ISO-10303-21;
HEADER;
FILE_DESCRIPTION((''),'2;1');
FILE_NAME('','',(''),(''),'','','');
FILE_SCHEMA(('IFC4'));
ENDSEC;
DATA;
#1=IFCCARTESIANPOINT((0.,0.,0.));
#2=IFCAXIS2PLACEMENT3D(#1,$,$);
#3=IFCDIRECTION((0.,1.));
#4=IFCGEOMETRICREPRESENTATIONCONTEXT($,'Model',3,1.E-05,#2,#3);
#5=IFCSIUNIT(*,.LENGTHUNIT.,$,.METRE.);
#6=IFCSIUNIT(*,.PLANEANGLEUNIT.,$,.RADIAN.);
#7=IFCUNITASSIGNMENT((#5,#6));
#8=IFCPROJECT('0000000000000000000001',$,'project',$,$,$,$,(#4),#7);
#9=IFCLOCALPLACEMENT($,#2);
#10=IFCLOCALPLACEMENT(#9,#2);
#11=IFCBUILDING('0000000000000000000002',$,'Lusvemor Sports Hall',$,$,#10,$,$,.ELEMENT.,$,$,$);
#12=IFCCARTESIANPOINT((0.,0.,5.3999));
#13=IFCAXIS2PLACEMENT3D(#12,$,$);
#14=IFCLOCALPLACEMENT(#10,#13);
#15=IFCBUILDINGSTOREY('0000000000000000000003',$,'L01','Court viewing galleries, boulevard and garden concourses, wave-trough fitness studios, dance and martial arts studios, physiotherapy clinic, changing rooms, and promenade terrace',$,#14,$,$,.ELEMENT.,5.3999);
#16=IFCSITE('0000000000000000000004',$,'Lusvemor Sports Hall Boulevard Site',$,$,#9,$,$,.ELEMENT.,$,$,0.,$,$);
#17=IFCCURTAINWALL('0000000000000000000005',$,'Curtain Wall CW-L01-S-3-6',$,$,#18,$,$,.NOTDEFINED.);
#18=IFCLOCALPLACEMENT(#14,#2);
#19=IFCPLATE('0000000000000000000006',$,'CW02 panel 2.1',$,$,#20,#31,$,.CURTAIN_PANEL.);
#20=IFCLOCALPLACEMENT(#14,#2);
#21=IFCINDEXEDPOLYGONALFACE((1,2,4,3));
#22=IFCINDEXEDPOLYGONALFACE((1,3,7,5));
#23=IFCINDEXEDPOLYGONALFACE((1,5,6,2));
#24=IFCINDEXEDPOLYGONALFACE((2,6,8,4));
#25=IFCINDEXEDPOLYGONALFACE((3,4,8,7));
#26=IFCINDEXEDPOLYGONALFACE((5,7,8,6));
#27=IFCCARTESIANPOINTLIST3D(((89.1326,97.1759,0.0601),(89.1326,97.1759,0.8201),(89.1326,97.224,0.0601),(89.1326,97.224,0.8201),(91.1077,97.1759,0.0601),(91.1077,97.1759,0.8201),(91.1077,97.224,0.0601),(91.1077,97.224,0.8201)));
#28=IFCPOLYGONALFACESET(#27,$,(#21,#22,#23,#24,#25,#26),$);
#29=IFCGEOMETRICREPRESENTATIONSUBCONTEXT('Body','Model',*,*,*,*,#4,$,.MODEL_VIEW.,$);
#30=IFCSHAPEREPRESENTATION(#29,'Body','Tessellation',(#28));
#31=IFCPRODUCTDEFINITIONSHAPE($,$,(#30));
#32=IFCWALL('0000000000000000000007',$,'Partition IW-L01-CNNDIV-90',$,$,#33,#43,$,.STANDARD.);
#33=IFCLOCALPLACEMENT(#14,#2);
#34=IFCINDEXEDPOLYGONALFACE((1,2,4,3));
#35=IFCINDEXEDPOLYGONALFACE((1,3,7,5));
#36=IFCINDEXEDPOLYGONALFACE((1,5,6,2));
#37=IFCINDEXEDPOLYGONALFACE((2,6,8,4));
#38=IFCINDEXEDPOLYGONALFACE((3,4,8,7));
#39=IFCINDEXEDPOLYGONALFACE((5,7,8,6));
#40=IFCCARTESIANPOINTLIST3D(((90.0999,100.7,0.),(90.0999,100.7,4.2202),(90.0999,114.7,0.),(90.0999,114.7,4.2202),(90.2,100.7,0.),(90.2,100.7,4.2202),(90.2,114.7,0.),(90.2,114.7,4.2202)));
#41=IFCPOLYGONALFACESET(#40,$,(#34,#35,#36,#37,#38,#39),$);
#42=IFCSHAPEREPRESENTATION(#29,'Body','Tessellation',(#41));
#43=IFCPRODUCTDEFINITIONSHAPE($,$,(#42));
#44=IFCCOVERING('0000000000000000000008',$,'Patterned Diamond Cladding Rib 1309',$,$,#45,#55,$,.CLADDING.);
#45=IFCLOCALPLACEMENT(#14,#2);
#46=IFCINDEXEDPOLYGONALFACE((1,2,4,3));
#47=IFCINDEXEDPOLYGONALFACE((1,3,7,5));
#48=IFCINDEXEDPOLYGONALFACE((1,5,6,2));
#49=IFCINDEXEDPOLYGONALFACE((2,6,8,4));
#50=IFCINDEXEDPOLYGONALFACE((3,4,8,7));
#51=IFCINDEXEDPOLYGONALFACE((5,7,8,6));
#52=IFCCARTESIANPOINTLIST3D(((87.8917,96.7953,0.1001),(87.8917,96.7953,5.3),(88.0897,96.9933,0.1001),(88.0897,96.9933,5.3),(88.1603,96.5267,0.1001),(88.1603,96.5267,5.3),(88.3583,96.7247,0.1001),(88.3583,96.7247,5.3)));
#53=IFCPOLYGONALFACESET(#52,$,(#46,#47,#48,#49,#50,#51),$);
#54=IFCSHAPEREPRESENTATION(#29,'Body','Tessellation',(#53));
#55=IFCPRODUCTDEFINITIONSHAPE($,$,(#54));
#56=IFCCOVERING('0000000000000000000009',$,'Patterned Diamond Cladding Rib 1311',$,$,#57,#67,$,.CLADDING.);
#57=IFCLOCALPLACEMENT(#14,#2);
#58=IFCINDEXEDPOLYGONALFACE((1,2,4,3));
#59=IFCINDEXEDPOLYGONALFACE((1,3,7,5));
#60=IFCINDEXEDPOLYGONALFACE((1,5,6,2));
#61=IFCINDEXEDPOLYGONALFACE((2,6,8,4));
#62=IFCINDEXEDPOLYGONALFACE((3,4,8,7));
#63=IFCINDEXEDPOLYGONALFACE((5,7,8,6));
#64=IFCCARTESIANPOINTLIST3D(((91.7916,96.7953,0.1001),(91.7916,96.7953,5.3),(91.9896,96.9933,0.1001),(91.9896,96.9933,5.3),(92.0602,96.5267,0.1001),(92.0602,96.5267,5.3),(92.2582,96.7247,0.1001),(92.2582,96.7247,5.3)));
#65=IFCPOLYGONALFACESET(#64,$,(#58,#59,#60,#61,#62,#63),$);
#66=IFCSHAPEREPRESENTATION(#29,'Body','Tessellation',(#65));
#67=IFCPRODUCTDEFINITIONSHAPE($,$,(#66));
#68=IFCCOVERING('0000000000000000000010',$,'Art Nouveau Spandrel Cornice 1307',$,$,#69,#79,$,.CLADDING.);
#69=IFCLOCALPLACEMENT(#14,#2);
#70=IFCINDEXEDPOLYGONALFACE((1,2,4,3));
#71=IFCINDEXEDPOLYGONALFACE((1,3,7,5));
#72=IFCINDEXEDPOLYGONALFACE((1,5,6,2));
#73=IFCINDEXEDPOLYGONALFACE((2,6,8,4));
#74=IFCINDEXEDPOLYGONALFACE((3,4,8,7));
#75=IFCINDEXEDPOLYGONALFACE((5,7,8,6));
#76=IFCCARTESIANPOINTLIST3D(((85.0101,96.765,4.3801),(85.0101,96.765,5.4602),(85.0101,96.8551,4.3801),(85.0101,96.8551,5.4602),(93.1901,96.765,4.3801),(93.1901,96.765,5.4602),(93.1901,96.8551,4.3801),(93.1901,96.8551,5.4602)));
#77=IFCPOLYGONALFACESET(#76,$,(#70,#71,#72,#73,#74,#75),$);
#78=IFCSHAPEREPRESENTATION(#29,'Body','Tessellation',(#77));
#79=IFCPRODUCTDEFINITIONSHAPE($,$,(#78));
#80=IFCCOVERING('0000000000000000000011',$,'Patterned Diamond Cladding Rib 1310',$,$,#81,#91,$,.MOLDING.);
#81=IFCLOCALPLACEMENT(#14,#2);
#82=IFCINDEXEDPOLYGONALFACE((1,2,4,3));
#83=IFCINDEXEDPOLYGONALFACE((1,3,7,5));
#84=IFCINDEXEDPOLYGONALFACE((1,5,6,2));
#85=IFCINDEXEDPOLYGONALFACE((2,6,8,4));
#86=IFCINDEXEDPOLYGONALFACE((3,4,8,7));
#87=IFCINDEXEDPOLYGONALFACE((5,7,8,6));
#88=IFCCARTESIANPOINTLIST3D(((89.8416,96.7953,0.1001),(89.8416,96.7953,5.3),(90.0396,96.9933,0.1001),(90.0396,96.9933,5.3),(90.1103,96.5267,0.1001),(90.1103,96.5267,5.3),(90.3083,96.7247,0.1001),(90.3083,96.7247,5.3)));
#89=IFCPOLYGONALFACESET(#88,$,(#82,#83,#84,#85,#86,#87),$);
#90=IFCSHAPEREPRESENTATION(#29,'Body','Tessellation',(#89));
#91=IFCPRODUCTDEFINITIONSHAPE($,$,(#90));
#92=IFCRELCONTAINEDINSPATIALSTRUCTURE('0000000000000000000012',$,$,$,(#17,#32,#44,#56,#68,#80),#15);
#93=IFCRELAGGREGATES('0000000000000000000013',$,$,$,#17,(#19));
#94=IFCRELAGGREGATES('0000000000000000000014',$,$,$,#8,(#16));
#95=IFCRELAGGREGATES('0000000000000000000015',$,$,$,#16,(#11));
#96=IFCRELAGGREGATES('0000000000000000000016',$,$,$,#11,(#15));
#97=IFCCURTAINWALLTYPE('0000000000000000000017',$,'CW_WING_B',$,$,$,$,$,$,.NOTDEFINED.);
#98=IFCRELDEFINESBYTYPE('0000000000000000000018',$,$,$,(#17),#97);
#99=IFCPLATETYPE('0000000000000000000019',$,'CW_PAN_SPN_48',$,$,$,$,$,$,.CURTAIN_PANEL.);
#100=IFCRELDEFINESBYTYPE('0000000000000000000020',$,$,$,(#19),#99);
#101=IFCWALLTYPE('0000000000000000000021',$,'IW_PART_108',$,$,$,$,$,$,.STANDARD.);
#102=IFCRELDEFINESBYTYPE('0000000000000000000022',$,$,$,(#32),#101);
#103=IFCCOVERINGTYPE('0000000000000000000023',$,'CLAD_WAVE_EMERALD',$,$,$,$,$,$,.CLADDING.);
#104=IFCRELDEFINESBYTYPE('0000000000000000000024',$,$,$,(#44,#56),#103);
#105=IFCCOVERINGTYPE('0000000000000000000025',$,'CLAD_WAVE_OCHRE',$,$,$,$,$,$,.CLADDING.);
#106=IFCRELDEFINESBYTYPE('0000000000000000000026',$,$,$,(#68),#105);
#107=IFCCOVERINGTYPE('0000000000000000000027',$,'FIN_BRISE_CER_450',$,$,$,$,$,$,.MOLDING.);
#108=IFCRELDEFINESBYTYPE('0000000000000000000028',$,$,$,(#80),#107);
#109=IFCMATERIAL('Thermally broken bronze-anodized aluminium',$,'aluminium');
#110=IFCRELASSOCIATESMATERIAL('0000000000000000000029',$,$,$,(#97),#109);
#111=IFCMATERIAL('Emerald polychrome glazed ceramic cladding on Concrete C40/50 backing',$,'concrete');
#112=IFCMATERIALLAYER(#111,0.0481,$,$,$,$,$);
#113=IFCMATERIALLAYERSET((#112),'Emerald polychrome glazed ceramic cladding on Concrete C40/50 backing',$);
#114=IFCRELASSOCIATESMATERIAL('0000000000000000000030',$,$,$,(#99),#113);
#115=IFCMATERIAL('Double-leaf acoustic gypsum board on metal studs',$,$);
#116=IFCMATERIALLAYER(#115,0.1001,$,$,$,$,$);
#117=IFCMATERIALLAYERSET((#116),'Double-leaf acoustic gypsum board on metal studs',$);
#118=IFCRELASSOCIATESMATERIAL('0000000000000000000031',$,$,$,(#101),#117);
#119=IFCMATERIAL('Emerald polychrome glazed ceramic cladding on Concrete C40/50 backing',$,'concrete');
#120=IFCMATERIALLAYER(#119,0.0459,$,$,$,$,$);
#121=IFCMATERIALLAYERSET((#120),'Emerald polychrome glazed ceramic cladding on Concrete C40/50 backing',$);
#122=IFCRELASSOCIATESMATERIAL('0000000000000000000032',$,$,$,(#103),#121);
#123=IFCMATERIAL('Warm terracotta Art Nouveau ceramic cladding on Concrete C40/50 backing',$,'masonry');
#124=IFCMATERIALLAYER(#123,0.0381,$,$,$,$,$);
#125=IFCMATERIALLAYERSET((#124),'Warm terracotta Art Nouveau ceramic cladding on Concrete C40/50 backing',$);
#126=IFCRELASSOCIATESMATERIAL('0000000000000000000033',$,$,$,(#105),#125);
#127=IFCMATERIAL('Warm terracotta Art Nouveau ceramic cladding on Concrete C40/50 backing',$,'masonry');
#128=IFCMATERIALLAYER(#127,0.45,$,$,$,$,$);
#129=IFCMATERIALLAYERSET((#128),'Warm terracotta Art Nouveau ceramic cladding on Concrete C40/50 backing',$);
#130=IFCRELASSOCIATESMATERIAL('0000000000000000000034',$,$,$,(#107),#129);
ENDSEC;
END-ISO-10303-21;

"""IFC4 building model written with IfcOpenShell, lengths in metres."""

from ifc_helpers import new_model, si_unit, direction, frame, frame_2d, origin, origin_2d, place, context, subcontext, project, spatial, rectangle, extrude, material, layer, layer_set, type_object, element, aggregate, save


model = new_model("IFC4")

# Units and contexts
model_context = context("Model", 3, precision=1e-05, world=origin(), true_north=direction((0.0, 1.0)))
body_context = subcontext(model_context, "Body", "Model", "MODEL_VIEW")
ifc_project = project(units=[si_unit("LENGTHUNIT", "METRE"), si_unit("PLANEANGLEUNIT", "RADIAN")], contexts=[model_context])

# Site, building, storey
site_placement = place(None, origin())
site = spatial("IfcSite", under=ifc_project, at=site_placement, Name="Lusvemor Sports Hall Boulevard Site", CompositionType="ELEMENT", RefElevation=0.0)
building_placement = place(site_placement, origin())
building = spatial("IfcBuilding", under=site, at=building_placement, Name="Lusvemor Sports Hall", CompositionType="ELEMENT")
storey_placement = place(building_placement, frame((0.0, 0.0, 5.3999)))
storey = spatial("IfcBuildingStorey", under=building, at=storey_placement, Name="L01", Description="Court viewing galleries, boulevard and garden concourses, wave-trough fitness studios, dance and martial arts studios, physiotherapy clinic, changing rooms, and promenade terrace", CompositionType="ELEMENT", Elevation=5.3999)

# Curtain wall
ifc_material_1 = material(Name="Thermally broken bronze-anodized aluminium", Category="aluminium")
curtain_wall_type = type_object("IfcCurtainWallType", Name="CW_WING_B", PredefinedType="NOTDEFINED", material=ifc_material_1)
curtain_wall_placement = place(storey_placement, origin())
curtain_wall = element("IfcCurtainWall", 1, at=curtain_wall_placement, inside=storey, type_object=curtain_wall_type, Name="Curtain Wall CW-L01-S-3-6", PredefinedType="NOTDEFINED")

# Plate
ifc_material_2 = material(Name="Emerald polychrome glazed ceramic cladding on Concrete C40/50 backing", Category="concrete")
ifc_layer_1 = layer(ifc_material_2, 0.0481)
ifc_layer_set_1 = layer_set([ifc_layer_1], Name="Emerald polychrome glazed ceramic cladding on Concrete C40/50 backing")
plate_type_1 = type_object("IfcPlateType", Name="CW_PAN_SPN_48", PredefinedType="CURTAIN_PANEL", material=ifc_layer_set_1)
plate_1_placement = place(storey_placement, frame((90.1201, 97.2, 0.0601), z_axis=(0.0, 0.0, 1.0), x_axis=(-1.0, 0.0, 0.0)))
plate_1 = element("IfcPlate", 2, at=plate_1_placement, type_object=plate_type_1, Name="CW02 panel 2.1", PredefinedType="CURTAIN_PANEL", context=body_context, shape_type="SweptSolid", body=[
    extrude(rectangle(XDim=1.9751, YDim=0.0481, at=origin_2d()), origin(), (0.0, 0.0, 1.0), 0.76),
])
aggregate(curtain_wall, [plate_1])

# Wall
ifc_material_3 = material(Name="Double-leaf acoustic gypsum board on metal studs")
ifc_layer_2 = layer(ifc_material_3, 0.1001)
ifc_layer_set_2 = layer_set([ifc_layer_2], Name="Double-leaf acoustic gypsum board on metal studs")
wall_type_1 = type_object("IfcWallType", Name="IW_PART_108", PredefinedType="STANDARD", material=ifc_layer_set_2)
wall_1_placement = place(storey_placement, frame((90.1499, 100.7, 0.0), z_axis=(0.0, 0.0, 1.0), x_axis=(0.0, 1.0, 0.0)))
element("IfcWall", 3, at=wall_1_placement, inside=storey, type_object=wall_type_1, Name="Partition IW-L01-CNNDIV-90", PredefinedType="STANDARD", context=body_context, shape_type="SweptSolid", body=[
    extrude(rectangle(XDim=14.0, YDim=0.1001, at=frame_2d((7.0, 0.0))), origin(), (0.0, 0.0, 1.0), 4.2202),
])

# Coverings
ifc_material_4 = material(Name="Emerald polychrome glazed ceramic cladding on Concrete C40/50 backing", Category="concrete")
ifc_layer_3 = layer(ifc_material_4, 0.0459)
ifc_layer_set_3 = layer_set([ifc_layer_3], Name="Emerald polychrome glazed ceramic cladding on Concrete C40/50 backing")
covering_type_1 = type_object("IfcCoveringType", Name="CLAD_WAVE_EMERALD", PredefinedType="CLADDING", material=ifc_layer_set_3)
for number, where, z_axis, x_axis, name in (
    (4, (88.125, 96.76, 0.1001), (0.0, 0.0, 1.0), (0.707107, 0.707107, 0.0), "Patterned Diamond Cladding Rib 1309"),
    (5, (92.0249, 96.76, 0.1001), (0.0, 0.0, 1.0), (0.707107, 0.707107, 0.0), "Patterned Diamond Cladding Rib 1311"),
):
    element("IfcCovering", number, at=place(storey_placement, frame(where, z_axis=z_axis, x_axis=x_axis)), inside=storey, type_object=covering_type_1, Name=name, PredefinedType="CLADDING", context=body_context, shape_type="SweptSolid", body=[
        extrude(rectangle(XDim=0.28, YDim=0.3799, at=origin_2d()), origin(), (0.0, 0.0, 1.0), 5.2),
    ])
ifc_material_5 = material(Name="Warm terracotta Art Nouveau ceramic cladding on Concrete C40/50 backing", Category="masonry")
ifc_layer_4 = layer(ifc_material_5, 0.0381)
ifc_layer_set_4 = layer_set([ifc_layer_4], Name="Warm terracotta Art Nouveau ceramic cladding on Concrete C40/50 backing")
covering_type_2 = type_object("IfcCoveringType", Name="CLAD_WAVE_OCHRE", PredefinedType="CLADDING", material=ifc_layer_set_4)
covering_1_placement = place(storey_placement, frame((89.1001, 96.8101, 4.3801), z_axis=(0.0, 0.0, 1.0), x_axis=(1.0, 0.0, 0.0)))
element("IfcCovering", 6, at=covering_1_placement, inside=storey, type_object=covering_type_2, Name="Art Nouveau Spandrel Cornice 1307", PredefinedType="CLADDING", context=body_context, shape_type="SweptSolid", body=[
    extrude(rectangle(XDim=8.1799, YDim=0.0901, at=origin_2d()), origin(), (0.0, 0.0, 1.0), 1.0801),
])
ifc_material_6 = material(Name="Warm terracotta Art Nouveau ceramic cladding on Concrete C40/50 backing", Category="masonry")
ifc_layer_5 = layer(ifc_material_6, 0.45)
ifc_layer_set_5 = layer_set([ifc_layer_5], Name="Warm terracotta Art Nouveau ceramic cladding on Concrete C40/50 backing")
covering_type_3 = type_object("IfcCoveringType", Name="FIN_BRISE_CER_450", PredefinedType="MOLDING", material=ifc_layer_set_5)
covering_2_placement = place(storey_placement, frame((90.075, 96.76, 0.1001), z_axis=(0.0, 0.0, 1.0), x_axis=(0.707107, 0.707107, 0.0)))
element("IfcCovering", 7, at=covering_2_placement, inside=storey, type_object=covering_type_3, Name="Patterned Diamond Cladding Rib 1310", PredefinedType="MOLDING", context=body_context, shape_type="SweptSolid", body=[
    extrude(rectangle(XDim=0.28, YDim=0.3799, at=origin_2d()), origin(), (0.0, 0.0, 1.0), 5.2),
])

save(model, "model.ifc")
